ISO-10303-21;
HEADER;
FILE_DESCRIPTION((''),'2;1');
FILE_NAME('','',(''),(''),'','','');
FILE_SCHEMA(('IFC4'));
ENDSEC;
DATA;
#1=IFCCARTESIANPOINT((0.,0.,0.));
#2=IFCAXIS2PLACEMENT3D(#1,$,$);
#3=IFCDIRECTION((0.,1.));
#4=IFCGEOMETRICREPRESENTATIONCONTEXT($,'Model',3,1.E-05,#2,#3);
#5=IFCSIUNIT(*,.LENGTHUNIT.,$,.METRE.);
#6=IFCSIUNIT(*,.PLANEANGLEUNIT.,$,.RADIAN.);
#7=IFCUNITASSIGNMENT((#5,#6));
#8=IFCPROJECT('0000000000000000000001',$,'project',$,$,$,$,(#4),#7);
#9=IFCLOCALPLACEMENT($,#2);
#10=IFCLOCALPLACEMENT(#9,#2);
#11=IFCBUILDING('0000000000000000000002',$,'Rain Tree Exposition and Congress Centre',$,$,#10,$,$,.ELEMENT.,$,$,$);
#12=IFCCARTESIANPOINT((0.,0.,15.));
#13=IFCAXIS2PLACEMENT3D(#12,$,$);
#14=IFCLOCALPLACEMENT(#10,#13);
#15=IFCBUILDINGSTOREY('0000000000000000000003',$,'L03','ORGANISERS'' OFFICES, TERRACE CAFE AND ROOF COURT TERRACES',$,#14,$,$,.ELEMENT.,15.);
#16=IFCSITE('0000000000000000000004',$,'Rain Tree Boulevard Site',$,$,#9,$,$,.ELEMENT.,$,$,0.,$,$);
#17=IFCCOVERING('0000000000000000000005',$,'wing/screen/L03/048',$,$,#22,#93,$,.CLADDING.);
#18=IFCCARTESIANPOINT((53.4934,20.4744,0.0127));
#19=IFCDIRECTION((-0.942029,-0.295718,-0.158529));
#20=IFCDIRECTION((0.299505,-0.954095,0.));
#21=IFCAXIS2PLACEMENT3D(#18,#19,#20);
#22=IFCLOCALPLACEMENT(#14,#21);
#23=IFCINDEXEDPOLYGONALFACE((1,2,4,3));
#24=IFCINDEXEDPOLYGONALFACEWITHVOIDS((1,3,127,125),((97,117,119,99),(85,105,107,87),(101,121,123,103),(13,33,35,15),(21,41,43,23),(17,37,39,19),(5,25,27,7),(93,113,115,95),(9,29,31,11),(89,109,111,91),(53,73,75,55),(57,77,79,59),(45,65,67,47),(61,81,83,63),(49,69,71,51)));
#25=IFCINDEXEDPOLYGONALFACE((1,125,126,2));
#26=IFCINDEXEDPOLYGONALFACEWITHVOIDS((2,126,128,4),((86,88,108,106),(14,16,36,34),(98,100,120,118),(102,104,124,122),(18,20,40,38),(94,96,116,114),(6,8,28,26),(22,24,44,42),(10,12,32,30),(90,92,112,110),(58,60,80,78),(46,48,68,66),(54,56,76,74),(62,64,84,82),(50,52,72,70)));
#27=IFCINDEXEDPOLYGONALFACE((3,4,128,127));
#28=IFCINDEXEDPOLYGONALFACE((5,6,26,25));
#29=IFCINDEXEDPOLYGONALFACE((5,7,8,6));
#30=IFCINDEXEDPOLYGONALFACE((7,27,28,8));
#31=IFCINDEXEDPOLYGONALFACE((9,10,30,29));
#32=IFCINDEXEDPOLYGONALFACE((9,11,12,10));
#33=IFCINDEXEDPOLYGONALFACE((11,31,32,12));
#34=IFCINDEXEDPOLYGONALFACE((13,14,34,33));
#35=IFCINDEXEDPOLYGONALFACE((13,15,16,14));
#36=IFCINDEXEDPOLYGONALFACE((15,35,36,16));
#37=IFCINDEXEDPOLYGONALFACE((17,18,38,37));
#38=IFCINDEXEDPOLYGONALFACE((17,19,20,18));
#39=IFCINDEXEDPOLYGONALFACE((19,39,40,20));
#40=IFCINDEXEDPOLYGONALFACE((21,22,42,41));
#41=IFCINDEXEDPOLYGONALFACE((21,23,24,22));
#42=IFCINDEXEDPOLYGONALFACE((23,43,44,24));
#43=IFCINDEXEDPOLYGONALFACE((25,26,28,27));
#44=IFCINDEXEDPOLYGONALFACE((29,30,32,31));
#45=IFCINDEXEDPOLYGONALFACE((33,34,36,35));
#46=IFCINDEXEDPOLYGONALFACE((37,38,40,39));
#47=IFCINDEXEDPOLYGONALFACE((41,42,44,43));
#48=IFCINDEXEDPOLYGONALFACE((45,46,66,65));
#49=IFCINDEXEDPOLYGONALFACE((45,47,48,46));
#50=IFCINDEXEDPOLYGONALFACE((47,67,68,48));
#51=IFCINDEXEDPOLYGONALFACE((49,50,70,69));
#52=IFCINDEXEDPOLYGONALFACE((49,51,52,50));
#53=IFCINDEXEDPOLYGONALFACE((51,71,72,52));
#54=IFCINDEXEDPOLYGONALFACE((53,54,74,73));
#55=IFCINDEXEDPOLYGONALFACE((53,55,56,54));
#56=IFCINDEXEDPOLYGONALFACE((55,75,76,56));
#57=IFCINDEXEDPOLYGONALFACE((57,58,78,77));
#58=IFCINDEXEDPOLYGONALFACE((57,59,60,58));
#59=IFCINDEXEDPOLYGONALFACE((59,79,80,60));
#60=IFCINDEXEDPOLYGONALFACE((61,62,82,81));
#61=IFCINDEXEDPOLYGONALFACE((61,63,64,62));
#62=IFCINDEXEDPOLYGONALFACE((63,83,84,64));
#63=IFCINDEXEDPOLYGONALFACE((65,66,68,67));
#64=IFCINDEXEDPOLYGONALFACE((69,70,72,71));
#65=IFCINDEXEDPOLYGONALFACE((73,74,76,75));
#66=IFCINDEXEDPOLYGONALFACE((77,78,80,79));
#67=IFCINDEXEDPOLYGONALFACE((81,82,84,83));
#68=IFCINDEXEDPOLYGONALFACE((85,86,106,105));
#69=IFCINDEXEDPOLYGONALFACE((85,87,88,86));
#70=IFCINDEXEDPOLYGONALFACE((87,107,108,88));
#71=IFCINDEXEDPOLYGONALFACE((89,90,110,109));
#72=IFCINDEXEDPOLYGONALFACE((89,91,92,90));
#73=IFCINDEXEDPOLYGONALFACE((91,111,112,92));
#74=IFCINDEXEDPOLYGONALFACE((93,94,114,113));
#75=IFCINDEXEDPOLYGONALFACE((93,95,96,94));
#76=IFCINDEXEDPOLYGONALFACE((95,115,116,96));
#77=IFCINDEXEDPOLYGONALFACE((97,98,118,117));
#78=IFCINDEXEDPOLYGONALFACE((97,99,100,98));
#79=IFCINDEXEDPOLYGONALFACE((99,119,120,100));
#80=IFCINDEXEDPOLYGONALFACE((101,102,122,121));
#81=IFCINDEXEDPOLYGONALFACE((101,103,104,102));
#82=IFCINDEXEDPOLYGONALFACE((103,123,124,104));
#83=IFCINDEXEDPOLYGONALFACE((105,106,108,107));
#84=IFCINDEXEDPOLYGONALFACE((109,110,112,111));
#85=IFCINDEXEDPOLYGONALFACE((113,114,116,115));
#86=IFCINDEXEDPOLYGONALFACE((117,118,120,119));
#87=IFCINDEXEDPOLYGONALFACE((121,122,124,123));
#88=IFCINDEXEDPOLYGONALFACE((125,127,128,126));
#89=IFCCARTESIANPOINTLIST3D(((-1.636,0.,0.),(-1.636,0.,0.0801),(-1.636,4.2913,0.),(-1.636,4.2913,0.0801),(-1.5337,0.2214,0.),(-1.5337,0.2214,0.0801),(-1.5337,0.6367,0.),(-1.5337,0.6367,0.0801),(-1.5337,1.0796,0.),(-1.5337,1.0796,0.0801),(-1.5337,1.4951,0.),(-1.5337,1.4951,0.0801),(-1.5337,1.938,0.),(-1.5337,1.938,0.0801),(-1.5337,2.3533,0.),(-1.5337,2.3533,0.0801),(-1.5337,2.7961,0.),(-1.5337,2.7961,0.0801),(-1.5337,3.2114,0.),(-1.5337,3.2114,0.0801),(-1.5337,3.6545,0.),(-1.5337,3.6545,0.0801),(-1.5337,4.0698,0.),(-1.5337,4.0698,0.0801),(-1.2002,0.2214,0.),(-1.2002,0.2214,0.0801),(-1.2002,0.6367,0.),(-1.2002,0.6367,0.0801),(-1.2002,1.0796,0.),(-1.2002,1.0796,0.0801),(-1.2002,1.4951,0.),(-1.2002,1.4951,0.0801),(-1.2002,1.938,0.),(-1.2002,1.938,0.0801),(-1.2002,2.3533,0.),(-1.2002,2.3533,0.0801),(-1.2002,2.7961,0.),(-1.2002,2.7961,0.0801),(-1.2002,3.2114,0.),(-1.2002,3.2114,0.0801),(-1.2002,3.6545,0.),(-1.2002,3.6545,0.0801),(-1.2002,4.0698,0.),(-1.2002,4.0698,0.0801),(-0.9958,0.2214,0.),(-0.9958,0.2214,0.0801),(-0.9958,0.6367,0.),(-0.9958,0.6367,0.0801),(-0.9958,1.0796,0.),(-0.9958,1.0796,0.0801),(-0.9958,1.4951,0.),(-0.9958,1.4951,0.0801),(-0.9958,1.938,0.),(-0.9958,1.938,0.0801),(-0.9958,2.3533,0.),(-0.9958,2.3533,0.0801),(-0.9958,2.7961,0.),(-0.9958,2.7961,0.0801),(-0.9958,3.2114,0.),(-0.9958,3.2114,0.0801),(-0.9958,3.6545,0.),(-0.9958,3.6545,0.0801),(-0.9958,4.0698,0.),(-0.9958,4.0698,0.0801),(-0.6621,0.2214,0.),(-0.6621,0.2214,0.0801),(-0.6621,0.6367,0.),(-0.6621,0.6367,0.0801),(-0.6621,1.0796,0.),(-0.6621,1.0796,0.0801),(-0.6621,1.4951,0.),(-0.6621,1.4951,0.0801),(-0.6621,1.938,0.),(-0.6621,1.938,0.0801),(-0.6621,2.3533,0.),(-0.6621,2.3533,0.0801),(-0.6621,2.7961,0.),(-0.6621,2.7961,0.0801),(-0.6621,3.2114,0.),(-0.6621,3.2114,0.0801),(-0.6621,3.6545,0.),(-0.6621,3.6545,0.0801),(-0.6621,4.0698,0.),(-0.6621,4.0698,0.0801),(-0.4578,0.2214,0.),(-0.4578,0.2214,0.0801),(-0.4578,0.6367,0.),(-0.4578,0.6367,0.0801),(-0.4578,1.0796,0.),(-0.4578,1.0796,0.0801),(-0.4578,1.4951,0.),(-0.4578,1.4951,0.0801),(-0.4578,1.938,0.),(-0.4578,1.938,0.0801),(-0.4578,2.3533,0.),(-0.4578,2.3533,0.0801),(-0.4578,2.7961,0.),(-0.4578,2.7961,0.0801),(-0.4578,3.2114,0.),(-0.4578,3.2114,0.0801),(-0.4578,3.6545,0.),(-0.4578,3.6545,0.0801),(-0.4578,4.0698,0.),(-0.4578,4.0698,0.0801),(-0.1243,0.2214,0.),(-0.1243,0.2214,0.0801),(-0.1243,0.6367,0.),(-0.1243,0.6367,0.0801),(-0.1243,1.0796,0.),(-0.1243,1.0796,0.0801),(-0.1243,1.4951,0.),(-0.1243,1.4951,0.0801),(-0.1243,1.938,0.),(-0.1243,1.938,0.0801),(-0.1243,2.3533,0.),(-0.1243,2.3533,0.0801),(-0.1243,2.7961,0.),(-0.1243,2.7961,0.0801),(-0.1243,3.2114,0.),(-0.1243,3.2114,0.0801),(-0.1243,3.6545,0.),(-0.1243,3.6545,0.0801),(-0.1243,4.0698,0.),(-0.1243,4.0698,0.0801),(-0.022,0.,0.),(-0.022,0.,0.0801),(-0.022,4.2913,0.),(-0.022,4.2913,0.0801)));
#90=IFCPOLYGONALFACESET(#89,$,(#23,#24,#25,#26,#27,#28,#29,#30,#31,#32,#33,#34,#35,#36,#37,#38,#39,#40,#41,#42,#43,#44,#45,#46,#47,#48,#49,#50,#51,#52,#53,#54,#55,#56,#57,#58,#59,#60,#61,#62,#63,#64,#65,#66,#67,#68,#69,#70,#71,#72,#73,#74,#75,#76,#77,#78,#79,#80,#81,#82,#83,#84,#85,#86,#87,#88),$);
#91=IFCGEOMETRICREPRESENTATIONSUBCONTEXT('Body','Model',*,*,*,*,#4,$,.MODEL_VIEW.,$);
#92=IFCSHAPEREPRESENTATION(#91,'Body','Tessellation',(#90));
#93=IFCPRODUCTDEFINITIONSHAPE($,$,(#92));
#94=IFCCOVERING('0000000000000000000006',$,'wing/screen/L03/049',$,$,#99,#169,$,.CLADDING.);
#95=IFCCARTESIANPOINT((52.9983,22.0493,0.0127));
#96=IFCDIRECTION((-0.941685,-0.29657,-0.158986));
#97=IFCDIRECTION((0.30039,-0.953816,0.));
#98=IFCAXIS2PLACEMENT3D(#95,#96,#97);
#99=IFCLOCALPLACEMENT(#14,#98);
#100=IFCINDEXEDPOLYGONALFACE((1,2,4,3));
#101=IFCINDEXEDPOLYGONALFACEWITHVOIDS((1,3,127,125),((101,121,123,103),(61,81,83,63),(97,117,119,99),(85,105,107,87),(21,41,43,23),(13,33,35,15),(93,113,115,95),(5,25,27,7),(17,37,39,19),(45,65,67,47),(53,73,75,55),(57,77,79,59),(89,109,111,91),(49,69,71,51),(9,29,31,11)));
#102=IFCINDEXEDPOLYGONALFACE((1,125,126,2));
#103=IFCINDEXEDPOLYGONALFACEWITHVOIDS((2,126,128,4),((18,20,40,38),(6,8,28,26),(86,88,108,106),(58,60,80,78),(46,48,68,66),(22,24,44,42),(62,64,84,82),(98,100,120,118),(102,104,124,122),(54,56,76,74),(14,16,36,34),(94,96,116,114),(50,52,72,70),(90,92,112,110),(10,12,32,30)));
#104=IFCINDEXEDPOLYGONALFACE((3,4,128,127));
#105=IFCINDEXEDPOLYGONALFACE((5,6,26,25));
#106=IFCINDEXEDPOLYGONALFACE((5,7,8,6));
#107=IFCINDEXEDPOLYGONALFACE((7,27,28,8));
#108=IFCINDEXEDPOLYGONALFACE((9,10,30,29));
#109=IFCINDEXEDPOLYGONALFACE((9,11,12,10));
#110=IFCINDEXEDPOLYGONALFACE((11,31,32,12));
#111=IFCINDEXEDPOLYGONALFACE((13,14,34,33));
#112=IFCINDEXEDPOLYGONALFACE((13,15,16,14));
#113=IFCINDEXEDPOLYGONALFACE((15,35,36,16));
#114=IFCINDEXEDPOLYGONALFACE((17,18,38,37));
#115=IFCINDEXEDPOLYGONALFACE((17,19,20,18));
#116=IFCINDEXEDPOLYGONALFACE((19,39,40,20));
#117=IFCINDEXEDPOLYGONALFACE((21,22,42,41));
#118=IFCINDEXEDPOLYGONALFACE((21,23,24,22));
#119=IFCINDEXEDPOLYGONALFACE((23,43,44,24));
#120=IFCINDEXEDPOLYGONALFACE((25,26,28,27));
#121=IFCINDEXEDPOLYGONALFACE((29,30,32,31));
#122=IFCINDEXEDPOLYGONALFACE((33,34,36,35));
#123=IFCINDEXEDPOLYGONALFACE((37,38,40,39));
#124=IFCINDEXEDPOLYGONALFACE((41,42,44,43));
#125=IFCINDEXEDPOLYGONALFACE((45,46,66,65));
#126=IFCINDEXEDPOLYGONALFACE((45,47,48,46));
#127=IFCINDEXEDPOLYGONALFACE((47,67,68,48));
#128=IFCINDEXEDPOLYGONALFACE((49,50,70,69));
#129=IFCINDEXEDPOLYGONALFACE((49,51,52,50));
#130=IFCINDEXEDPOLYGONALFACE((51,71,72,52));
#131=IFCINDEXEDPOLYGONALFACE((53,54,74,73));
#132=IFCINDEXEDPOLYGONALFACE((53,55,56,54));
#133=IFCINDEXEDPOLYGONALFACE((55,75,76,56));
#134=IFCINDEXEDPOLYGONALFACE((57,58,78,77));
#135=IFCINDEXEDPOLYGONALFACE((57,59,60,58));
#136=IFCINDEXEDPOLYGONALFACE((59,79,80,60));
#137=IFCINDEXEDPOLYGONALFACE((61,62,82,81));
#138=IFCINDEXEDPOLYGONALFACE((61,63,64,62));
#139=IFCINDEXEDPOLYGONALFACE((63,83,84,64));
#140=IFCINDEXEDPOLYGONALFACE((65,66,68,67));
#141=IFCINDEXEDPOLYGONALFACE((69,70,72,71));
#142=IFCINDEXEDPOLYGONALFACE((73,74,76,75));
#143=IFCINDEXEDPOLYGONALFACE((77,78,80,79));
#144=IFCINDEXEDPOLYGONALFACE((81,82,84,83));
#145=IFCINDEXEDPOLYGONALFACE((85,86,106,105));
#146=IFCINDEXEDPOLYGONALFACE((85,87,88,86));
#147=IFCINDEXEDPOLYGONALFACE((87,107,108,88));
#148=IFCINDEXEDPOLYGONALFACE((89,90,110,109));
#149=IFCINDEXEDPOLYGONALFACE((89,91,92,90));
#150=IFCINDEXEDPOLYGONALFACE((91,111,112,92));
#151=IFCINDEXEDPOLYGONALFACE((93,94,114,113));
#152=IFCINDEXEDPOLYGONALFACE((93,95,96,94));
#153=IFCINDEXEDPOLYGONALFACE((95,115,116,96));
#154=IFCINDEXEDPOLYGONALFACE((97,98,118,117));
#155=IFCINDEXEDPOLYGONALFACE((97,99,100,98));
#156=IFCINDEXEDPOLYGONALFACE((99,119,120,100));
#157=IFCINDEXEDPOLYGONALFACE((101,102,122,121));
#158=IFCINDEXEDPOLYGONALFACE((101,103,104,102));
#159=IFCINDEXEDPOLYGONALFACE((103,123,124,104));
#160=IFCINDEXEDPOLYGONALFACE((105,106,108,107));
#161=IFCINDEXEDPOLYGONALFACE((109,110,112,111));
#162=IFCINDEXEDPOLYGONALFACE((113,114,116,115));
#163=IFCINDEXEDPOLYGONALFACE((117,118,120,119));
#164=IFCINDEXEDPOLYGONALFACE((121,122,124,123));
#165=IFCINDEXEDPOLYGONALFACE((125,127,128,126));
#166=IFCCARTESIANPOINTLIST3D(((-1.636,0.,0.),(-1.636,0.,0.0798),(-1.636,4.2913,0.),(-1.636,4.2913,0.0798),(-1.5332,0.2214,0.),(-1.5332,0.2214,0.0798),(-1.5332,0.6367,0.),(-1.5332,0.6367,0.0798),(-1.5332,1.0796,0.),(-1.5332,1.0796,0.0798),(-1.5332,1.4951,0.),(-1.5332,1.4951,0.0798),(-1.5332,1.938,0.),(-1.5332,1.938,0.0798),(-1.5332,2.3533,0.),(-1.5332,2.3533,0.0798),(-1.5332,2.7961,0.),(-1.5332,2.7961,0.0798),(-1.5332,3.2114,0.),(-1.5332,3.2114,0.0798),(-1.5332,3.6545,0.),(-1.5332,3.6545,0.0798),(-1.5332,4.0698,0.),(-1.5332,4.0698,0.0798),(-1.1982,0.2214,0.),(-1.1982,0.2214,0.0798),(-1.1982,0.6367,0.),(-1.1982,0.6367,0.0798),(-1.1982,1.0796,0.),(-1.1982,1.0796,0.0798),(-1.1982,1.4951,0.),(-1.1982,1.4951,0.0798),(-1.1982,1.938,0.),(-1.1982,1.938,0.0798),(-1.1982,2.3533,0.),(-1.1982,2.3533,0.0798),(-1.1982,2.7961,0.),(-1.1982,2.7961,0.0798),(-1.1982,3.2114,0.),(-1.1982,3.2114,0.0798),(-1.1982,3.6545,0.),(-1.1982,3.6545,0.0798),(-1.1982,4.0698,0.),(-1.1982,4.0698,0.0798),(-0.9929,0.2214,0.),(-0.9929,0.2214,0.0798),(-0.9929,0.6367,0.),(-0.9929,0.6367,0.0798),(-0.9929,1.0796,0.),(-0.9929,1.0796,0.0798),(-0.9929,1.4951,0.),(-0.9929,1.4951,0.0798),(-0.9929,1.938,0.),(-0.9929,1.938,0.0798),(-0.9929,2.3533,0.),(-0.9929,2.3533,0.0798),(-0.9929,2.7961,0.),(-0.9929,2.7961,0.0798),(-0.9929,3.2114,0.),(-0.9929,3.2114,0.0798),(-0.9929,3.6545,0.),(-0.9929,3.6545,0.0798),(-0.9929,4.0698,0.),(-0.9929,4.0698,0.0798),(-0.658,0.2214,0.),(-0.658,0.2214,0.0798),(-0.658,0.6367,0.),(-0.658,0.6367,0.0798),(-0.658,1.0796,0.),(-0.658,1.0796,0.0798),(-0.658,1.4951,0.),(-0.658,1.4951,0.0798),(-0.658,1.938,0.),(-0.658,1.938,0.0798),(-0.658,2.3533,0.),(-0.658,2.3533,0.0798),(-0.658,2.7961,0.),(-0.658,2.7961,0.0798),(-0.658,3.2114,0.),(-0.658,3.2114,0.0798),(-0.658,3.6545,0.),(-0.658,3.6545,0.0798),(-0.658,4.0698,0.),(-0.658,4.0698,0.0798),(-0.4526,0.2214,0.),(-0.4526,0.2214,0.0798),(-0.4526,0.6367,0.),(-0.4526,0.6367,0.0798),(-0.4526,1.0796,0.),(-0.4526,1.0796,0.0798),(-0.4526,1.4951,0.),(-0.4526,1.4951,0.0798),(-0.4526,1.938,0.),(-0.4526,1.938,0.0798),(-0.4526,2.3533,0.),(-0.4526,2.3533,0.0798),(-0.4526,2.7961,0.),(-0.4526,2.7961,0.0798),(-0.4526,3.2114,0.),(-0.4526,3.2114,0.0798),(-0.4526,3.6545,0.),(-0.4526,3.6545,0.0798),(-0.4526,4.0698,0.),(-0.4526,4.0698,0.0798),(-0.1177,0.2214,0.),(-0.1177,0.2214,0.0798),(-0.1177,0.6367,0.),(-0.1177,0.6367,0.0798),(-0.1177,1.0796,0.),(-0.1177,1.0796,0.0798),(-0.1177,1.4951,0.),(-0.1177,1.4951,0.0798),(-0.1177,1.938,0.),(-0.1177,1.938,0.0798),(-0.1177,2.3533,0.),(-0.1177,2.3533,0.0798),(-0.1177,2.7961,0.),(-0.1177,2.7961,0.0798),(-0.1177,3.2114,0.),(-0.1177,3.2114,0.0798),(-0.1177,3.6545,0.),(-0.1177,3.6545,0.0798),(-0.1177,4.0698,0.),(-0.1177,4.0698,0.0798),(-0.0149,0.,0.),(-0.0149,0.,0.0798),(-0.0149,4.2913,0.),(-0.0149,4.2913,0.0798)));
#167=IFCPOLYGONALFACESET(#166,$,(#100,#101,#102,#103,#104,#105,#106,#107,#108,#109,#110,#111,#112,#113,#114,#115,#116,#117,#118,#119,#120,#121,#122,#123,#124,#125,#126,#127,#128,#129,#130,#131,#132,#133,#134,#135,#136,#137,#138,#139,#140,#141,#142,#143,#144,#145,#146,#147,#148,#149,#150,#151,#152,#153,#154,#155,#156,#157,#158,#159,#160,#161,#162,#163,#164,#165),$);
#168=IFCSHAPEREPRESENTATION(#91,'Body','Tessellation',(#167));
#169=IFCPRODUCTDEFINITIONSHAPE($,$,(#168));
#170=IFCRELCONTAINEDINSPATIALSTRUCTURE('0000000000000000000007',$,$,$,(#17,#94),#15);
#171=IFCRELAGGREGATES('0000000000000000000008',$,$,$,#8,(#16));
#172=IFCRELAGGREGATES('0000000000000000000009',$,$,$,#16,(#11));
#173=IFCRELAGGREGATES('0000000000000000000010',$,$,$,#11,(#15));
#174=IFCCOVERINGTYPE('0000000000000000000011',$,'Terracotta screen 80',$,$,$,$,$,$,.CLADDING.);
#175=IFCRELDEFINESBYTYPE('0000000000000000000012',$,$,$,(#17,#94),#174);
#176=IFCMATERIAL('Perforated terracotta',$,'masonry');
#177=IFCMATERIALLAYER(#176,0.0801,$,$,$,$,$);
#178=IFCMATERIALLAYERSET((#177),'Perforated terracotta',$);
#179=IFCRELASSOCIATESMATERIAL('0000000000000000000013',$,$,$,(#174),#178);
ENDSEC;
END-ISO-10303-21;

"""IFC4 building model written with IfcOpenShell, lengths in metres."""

from ifc_helpers import new_model, si_unit, direction, frame, origin, place, context, subcontext, project, spatial, polyline, outline, extrude, material, layer, layer_set, type_object, element, save


model = new_model("IFC4")

# Units and contexts
model_context = context("Model", 3, precision=1e-05, world=origin(), true_north=direction((0.0, 1.0)))
body_context = subcontext(model_context, "Body", "Model", "MODEL_VIEW")
ifc_project = project(units=[si_unit("LENGTHUNIT", "METRE"), si_unit("PLANEANGLEUNIT", "RADIAN")], contexts=[model_context])

# Site, building, storey
site_placement = place(None, origin())
site = spatial("IfcSite", under=ifc_project, at=site_placement, Name="Rain Tree Boulevard Site", CompositionType="ELEMENT", RefElevation=0.0)
building_placement = place(site_placement, origin())
building = spatial("IfcBuilding", under=site, at=building_placement, Name="Rain Tree Exposition and Congress Centre", CompositionType="ELEMENT")
storey_placement = place(building_placement, frame((0.0, 0.0, 15.0)))
storey = spatial("IfcBuildingStorey", under=building, at=storey_placement, Name="L03", Description="ORGANISERS' OFFICES, TERRACE CAFE AND ROOF COURT TERRACES", CompositionType="ELEMENT", Elevation=15.0)

# Coverings
ifc_material_1 = material(Name="Perforated terracotta", Category="masonry")
ifc_layer = layer(ifc_material_1, 0.0801)
ifc_layer_set = layer_set([ifc_layer], Name="Perforated terracotta")
covering_type = type_object("IfcCoveringType", Name="Terracotta screen 80", PredefinedType="CLADDING", material=ifc_layer_set)
covering_1_placement = place(storey_placement, frame((53.4934, 20.4744, 0.0127), z_axis=(-0.942029, -0.295718, -0.158529), x_axis=(0.299505, -0.954095, 0.0)))
element("IfcCovering", 1, at=covering_1_placement, inside=storey, type_object=covering_type, Name="wing/screen/L03/048", PredefinedType="CLADDING", context=body_context, shape_type="SweptSolid", body=[
    extrude(outline(polyline([(-1.636, 0.0), (-1.636, 4.2913), (-0.022, 4.2913), (-0.022, 0.0), (-1.636, 0.0)]), holes=[polyline([(-0.1243, 0.2214), (-0.1243, 0.6367), (-0.4578, 0.6367), (-0.4578, 0.2214), (-0.1243, 0.2214)]), polyline([(-0.1243, 1.0796), (-0.1243, 1.4951), (-0.4578, 1.4951), (-0.4578, 1.0796), (-0.1243, 1.0796)]), polyline([(-0.1243, 1.938), (-0.1243, 2.3533), (-0.4578, 2.3533), (-0.4578, 1.938), (-0.1243, 1.938)]), polyline([(-0.1243, 2.7961), (-0.1243, 3.2114), (-0.4578, 3.2114), (-0.4578, 2.7961), (-0.1243, 2.7961)]), polyline([(-0.1243, 3.6545), (-0.1243, 4.0698), (-0.4578, 4.0698), (-0.4578, 3.6545), (-0.1243, 3.6545)]), polyline([(-0.6621, 0.2214), (-0.6621, 0.6367), (-0.9958, 0.6367), (-0.9958, 0.2214), (-0.6621, 0.2214)]), polyline([(-0.6621, 1.0796), (-0.6621, 1.4951), (-0.9958, 1.4951), (-0.9958, 1.0796), (-0.6621, 1.0796)]), polyline([(-0.6621, 1.938), (-0.6621, 2.3533), (-0.9958, 2.3533), (-0.9958, 1.938), (-0.6621, 1.938)]), polyline([(-0.6621, 2.7961), (-0.6621, 3.2114), (-0.9958, 3.2114), (-0.9958, 2.7961), (-0.6621, 2.7961)]), polyline([(-0.6621, 3.6545), (-0.6621, 4.0698), (-0.9958, 4.0698), (-0.9958, 3.6545), (-0.6621, 3.6545)]), polyline([(-1.2002, 0.2214), (-1.2002, 0.6367), (-1.5337, 0.6367), (-1.5337, 0.2214), (-1.2002, 0.2214)]), polyline([(-1.2002, 1.0796), (-1.2002, 1.4951), (-1.5337, 1.4951), (-1.5337, 1.0796), (-1.2002, 1.0796)]), polyline([(-1.2002, 1.938), (-1.2002, 2.3533), (-1.5337, 2.3533), (-1.5337, 1.938), (-1.2002, 1.938)]), polyline([(-1.2002, 2.7961), (-1.2002, 3.2114), (-1.5337, 3.2114), (-1.5337, 2.7961), (-1.2002, 2.7961)]), polyline([(-1.2002, 3.6545), (-1.2002, 4.0698), (-1.5337, 4.0698), (-1.5337, 3.6545), (-1.2002, 3.6545)])]), origin(), (0.0, 0.0, 1.0), 0.0801),
])
covering_2_placement = place(storey_placement, frame((52.9983, 22.0493, 0.0127), z_axis=(-0.941685, -0.29657, -0.158986), x_axis=(0.30039, -0.953816, 0.0)))
element("IfcCovering", 2, at=covering_2_placement, inside=storey, type_object=covering_type, Name="wing/screen/L03/049", PredefinedType="CLADDING", context=body_context, shape_type="SweptSolid", body=[
    extrude(outline(polyline([(-1.636, 0.0), (-1.636, 4.2913), (-0.0149, 4.2913), (-0.0149, 0.0), (-1.636, 0.0)]), holes=[polyline([(-0.1177, 0.2214), (-0.1177, 0.6367), (-0.4526, 0.6367), (-0.4526, 0.2214), (-0.1177, 0.2214)]), polyline([(-0.1177, 1.0796), (-0.1177, 1.4951), (-0.4526, 1.4951), (-0.4526, 1.0796), (-0.1177, 1.0796)]), polyline([(-0.1177, 1.938), (-0.1177, 2.3533), (-0.4526, 2.3533), (-0.4526, 1.938), (-0.1177, 1.938)]), polyline([(-0.1177, 2.7961), (-0.1177, 3.2114), (-0.4526, 3.2114), (-0.4526, 2.7961), (-0.1177, 2.7961)]), polyline([(-0.1177, 3.6545), (-0.1177, 4.0698), (-0.4526, 4.0698), (-0.4526, 3.6545), (-0.1177, 3.6545)]), polyline([(-0.658, 0.2214), (-0.658, 0.6367), (-0.9929, 0.6367), (-0.9929, 0.2214), (-0.658, 0.2214)]), polyline([(-0.658, 1.0796), (-0.658, 1.4951), (-0.9929, 1.4951), (-0.9929, 1.0796), (-0.658, 1.0796)]), polyline([(-0.658, 1.938), (-0.658, 2.3533), (-0.9929, 2.3533), (-0.9929, 1.938), (-0.658, 1.938)]), polyline([(-0.658, 2.7961), (-0.658, 3.2114), (-0.9929, 3.2114), (-0.9929, 2.7961), (-0.658, 2.7961)]), polyline([(-0.658, 3.6545), (-0.658, 4.0698), (-0.9929, 4.0698), (-0.9929, 3.6545), (-0.658, 3.6545)]), polyline([(-1.1982, 0.2214), (-1.1982, 0.6367), (-1.5332, 0.6367), (-1.5332, 0.2214), (-1.1982, 0.2214)]), polyline([(-1.1982, 1.0796), (-1.1982, 1.4951), (-1.5332, 1.4951), (-1.5332, 1.0796), (-1.1982, 1.0796)]), polyline([(-1.1982, 1.938), (-1.1982, 2.3533), (-1.5332, 2.3533), (-1.5332, 1.938), (-1.1982, 1.938)]), polyline([(-1.1982, 2.7961), (-1.1982, 3.2114), (-1.5332, 3.2114), (-1.5332, 2.7961), (-1.1982, 2.7961)]), polyline([(-1.1982, 3.6545), (-1.1982, 4.0698), (-1.5332, 4.0698), (-1.5332, 3.6545), (-1.1982, 3.6545)])]), origin(), (0.0, 0.0, 1.0), 0.0798),
])

save(model, "model.ifc")
